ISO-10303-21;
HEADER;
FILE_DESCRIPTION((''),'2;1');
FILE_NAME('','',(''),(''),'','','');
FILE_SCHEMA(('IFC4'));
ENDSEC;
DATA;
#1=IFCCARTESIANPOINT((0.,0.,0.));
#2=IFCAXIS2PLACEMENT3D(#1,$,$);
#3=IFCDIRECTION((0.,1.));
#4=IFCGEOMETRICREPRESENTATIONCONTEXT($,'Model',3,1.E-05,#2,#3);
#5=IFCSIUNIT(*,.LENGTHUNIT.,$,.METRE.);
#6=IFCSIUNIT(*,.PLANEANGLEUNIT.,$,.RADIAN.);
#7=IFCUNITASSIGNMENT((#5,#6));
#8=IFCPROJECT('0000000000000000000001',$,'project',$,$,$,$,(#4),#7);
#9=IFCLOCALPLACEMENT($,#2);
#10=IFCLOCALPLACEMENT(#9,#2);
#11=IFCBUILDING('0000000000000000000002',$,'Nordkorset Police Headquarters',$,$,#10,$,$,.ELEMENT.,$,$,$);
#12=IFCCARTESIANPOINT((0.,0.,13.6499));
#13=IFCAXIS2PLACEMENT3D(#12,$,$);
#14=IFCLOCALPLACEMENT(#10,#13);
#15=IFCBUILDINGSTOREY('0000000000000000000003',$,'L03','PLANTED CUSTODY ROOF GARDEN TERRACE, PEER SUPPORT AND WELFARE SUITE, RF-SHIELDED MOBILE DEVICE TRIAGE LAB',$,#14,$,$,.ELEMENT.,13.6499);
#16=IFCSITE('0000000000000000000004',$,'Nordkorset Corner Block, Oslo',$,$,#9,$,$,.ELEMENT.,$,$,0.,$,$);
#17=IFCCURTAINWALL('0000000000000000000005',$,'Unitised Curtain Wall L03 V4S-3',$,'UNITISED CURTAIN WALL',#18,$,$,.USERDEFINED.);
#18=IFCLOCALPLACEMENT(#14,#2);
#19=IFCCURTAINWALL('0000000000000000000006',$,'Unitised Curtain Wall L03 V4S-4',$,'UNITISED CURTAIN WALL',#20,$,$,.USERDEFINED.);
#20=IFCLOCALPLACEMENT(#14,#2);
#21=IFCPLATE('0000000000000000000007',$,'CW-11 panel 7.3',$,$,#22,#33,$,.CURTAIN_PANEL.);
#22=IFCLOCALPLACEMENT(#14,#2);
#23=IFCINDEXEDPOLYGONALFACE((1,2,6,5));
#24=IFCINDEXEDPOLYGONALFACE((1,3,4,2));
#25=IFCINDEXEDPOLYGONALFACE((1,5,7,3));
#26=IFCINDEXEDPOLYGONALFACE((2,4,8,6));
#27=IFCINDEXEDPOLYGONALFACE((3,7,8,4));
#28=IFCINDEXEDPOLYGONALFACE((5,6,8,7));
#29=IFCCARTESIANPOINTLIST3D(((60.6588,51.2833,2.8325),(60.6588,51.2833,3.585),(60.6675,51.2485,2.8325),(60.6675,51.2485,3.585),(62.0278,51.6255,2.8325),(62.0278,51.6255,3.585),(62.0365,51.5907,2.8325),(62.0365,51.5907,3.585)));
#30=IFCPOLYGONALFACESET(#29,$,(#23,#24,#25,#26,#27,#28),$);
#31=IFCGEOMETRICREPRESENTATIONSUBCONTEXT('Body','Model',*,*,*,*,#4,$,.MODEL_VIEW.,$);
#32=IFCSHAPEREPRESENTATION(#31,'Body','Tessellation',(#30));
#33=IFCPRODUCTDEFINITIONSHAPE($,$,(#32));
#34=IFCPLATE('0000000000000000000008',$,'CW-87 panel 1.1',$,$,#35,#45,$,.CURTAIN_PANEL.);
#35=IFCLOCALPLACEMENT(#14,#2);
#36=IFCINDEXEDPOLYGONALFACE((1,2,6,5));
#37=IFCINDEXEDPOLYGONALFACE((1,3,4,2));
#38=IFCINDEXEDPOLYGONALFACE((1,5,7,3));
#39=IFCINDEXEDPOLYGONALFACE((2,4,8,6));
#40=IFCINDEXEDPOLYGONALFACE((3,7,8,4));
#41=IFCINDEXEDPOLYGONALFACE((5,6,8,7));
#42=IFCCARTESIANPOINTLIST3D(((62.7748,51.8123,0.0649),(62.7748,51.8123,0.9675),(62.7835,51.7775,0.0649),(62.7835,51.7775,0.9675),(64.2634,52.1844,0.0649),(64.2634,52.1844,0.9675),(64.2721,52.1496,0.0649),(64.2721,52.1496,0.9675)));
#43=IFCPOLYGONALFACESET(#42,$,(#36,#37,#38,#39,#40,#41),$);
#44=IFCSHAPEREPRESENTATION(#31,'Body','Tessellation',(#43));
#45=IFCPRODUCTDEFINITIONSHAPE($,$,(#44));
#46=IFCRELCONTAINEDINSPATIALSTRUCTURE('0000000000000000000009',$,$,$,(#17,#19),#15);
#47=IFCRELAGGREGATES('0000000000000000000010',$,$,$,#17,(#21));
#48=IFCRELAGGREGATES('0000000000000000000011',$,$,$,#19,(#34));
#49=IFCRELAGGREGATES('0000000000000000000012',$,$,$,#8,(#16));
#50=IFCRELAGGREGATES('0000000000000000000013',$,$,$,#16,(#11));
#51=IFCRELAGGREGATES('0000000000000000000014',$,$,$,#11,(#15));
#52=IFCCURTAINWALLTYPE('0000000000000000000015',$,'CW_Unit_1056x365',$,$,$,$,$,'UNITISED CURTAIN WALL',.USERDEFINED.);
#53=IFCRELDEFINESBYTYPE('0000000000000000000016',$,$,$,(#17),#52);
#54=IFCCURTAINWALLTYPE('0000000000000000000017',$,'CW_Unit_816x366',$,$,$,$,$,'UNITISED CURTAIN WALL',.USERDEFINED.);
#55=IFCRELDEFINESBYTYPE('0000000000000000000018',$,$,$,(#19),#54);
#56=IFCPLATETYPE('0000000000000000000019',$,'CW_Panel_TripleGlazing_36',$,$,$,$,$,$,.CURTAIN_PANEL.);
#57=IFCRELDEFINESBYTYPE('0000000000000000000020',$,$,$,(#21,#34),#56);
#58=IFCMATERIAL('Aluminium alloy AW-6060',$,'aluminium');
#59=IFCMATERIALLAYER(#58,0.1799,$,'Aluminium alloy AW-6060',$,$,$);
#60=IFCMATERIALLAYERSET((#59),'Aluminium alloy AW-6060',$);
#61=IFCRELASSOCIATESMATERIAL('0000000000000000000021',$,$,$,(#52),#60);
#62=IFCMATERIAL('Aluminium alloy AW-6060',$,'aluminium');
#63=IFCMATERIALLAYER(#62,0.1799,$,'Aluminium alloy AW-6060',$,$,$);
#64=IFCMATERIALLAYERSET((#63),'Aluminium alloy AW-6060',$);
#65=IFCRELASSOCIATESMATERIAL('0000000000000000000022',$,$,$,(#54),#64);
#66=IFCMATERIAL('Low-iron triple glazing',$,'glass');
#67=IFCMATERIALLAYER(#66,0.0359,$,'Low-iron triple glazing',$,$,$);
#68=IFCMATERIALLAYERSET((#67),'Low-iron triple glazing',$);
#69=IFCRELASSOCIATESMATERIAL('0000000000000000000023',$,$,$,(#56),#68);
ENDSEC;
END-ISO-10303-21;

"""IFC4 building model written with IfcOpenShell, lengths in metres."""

from ifc_helpers import new_model, si_unit, direction, frame, origin, origin_2d, place, context, subcontext, project, spatial, rectangle, extrude, material, layer, layer_set, type_object, element, aggregate, save


model = new_model("IFC4")

# Units and contexts
model_context = context("Model", 3, precision=1e-05, world=origin(), true_north=direction((0.0, 1.0)))
body_context = subcontext(model_context, "Body", "Model", "MODEL_VIEW")
ifc_project = project(units=[si_unit("LENGTHUNIT", "METRE"), si_unit("PLANEANGLEUNIT", "RADIAN")], contexts=[model_context])

# Site, building, storey
site_placement = place(None, origin())
site = spatial("IfcSite", under=ifc_project, at=site_placement, Name="Nordkorset Corner Block, Oslo", CompositionType="ELEMENT", RefElevation=0.0)
building_placement = place(site_placement, origin())
building = spatial("IfcBuilding", under=site, at=building_placement, Name="Nordkorset Police Headquarters", CompositionType="ELEMENT")
storey_placement = place(building_placement, frame((0.0, 0.0, 13.6499)))
storey = spatial("IfcBuildingStorey", under=building, at=storey_placement, Name="L03", Description="PLANTED CUSTODY ROOF GARDEN TERRACE, PEER SUPPORT AND WELFARE SUITE, RF-SHIELDED MOBILE DEVICE TRIAGE LAB", CompositionType="ELEMENT", Elevation=13.6499)

# Curtain wall
ifc_material_1 = material(Name="Aluminium alloy AW-6060", Category="aluminium")
ifc_layer_1 = layer(ifc_material_1, 0.1799, Name="Aluminium alloy AW-6060")
ifc_layer_set_1 = layer_set([ifc_layer_1], Name="Aluminium alloy AW-6060")
curtain_wall_type_1 = type_object("IfcCurtainWallType", Name="CW_Unit_1056x365", ElementType="UNITISED CURTAIN WALL", PredefinedType="USERDEFINED", material=ifc_layer_set_1)
curtain_wall_1_placement = place(storey_placement, origin())
curtain_wall_1 = element("IfcCurtainWall", 1, at=curtain_wall_1_placement, inside=storey, type_object=curtain_wall_type_1, Name="Unitised Curtain Wall L03 V4S-3", ObjectType="UNITISED CURTAIN WALL", PredefinedType="USERDEFINED")

# Curtain wall
ifc_material_2 = material(Name="Aluminium alloy AW-6060", Category="aluminium")
ifc_layer_2 = layer(ifc_material_2, 0.1799, Name="Aluminium alloy AW-6060")
ifc_layer_set_2 = layer_set([ifc_layer_2], Name="Aluminium alloy AW-6060")
curtain_wall_type_2 = type_object("IfcCurtainWallType", Name="CW_Unit_816x366", ElementType="UNITISED CURTAIN WALL", PredefinedType="USERDEFINED", material=ifc_layer_set_2)
curtain_wall_2_placement = place(storey_placement, origin())
curtain_wall_2 = element("IfcCurtainWall", 2, at=curtain_wall_2_placement, inside=storey, type_object=curtain_wall_type_2, Name="Unitised Curtain Wall L03 V4S-4", ObjectType="UNITISED CURTAIN WALL", PredefinedType="USERDEFINED")

# Plates
ifc_material_3 = material(Name="Low-iron triple glazing", Category="glass")
ifc_layer_3 = layer(ifc_material_3, 0.0359, Name="Low-iron triple glazing")
ifc_layer_set_3 = layer_set([ifc_layer_3], Name="Low-iron triple glazing")
plate_type = type_object("IfcPlateType", Name="CW_Panel_TripleGlazing_36", PredefinedType="CURTAIN_PANEL", material=ifc_layer_set_3)
plate_1_placement = place(storey_placement, frame((61.3477, 51.437, 2.8325), z_axis=(0.0, 0.0, 1.0), x_axis=(0.970143, 0.242535, 0.0)))
plate_1 = element("IfcPlate", 3, at=plate_1_placement, type_object=plate_type, Name="CW-11 panel 7.3", PredefinedType="CURTAIN_PANEL", context=body_context, shape_type="SweptSolid", body=[
    extrude(rectangle(XDim=1.4111, YDim=0.0359, at=origin_2d()), origin(), (0.0, 0.0, 1.0), 0.7524),
])
aggregate(curtain_wall_1, [plate_1])
plate_2_placement = place(storey_placement, frame((63.5234, 51.981, 0.0649), z_axis=(0.0, 0.0, 1.0), x_axis=(0.970143, 0.242536, 0.0)))
plate_2 = element("IfcPlate", 4, at=plate_2_placement, type_object=plate_type, Name="CW-87 panel 1.1", PredefinedType="CURTAIN_PANEL", context=body_context, shape_type="SweptSolid", body=[
    extrude(rectangle(XDim=1.5344, YDim=0.0359, at=origin_2d()), origin(), (0.0, 0.0, 1.0), 0.9026),
])
aggregate(curtain_wall_2, [plate_2])

save(model, "model.ifc")
